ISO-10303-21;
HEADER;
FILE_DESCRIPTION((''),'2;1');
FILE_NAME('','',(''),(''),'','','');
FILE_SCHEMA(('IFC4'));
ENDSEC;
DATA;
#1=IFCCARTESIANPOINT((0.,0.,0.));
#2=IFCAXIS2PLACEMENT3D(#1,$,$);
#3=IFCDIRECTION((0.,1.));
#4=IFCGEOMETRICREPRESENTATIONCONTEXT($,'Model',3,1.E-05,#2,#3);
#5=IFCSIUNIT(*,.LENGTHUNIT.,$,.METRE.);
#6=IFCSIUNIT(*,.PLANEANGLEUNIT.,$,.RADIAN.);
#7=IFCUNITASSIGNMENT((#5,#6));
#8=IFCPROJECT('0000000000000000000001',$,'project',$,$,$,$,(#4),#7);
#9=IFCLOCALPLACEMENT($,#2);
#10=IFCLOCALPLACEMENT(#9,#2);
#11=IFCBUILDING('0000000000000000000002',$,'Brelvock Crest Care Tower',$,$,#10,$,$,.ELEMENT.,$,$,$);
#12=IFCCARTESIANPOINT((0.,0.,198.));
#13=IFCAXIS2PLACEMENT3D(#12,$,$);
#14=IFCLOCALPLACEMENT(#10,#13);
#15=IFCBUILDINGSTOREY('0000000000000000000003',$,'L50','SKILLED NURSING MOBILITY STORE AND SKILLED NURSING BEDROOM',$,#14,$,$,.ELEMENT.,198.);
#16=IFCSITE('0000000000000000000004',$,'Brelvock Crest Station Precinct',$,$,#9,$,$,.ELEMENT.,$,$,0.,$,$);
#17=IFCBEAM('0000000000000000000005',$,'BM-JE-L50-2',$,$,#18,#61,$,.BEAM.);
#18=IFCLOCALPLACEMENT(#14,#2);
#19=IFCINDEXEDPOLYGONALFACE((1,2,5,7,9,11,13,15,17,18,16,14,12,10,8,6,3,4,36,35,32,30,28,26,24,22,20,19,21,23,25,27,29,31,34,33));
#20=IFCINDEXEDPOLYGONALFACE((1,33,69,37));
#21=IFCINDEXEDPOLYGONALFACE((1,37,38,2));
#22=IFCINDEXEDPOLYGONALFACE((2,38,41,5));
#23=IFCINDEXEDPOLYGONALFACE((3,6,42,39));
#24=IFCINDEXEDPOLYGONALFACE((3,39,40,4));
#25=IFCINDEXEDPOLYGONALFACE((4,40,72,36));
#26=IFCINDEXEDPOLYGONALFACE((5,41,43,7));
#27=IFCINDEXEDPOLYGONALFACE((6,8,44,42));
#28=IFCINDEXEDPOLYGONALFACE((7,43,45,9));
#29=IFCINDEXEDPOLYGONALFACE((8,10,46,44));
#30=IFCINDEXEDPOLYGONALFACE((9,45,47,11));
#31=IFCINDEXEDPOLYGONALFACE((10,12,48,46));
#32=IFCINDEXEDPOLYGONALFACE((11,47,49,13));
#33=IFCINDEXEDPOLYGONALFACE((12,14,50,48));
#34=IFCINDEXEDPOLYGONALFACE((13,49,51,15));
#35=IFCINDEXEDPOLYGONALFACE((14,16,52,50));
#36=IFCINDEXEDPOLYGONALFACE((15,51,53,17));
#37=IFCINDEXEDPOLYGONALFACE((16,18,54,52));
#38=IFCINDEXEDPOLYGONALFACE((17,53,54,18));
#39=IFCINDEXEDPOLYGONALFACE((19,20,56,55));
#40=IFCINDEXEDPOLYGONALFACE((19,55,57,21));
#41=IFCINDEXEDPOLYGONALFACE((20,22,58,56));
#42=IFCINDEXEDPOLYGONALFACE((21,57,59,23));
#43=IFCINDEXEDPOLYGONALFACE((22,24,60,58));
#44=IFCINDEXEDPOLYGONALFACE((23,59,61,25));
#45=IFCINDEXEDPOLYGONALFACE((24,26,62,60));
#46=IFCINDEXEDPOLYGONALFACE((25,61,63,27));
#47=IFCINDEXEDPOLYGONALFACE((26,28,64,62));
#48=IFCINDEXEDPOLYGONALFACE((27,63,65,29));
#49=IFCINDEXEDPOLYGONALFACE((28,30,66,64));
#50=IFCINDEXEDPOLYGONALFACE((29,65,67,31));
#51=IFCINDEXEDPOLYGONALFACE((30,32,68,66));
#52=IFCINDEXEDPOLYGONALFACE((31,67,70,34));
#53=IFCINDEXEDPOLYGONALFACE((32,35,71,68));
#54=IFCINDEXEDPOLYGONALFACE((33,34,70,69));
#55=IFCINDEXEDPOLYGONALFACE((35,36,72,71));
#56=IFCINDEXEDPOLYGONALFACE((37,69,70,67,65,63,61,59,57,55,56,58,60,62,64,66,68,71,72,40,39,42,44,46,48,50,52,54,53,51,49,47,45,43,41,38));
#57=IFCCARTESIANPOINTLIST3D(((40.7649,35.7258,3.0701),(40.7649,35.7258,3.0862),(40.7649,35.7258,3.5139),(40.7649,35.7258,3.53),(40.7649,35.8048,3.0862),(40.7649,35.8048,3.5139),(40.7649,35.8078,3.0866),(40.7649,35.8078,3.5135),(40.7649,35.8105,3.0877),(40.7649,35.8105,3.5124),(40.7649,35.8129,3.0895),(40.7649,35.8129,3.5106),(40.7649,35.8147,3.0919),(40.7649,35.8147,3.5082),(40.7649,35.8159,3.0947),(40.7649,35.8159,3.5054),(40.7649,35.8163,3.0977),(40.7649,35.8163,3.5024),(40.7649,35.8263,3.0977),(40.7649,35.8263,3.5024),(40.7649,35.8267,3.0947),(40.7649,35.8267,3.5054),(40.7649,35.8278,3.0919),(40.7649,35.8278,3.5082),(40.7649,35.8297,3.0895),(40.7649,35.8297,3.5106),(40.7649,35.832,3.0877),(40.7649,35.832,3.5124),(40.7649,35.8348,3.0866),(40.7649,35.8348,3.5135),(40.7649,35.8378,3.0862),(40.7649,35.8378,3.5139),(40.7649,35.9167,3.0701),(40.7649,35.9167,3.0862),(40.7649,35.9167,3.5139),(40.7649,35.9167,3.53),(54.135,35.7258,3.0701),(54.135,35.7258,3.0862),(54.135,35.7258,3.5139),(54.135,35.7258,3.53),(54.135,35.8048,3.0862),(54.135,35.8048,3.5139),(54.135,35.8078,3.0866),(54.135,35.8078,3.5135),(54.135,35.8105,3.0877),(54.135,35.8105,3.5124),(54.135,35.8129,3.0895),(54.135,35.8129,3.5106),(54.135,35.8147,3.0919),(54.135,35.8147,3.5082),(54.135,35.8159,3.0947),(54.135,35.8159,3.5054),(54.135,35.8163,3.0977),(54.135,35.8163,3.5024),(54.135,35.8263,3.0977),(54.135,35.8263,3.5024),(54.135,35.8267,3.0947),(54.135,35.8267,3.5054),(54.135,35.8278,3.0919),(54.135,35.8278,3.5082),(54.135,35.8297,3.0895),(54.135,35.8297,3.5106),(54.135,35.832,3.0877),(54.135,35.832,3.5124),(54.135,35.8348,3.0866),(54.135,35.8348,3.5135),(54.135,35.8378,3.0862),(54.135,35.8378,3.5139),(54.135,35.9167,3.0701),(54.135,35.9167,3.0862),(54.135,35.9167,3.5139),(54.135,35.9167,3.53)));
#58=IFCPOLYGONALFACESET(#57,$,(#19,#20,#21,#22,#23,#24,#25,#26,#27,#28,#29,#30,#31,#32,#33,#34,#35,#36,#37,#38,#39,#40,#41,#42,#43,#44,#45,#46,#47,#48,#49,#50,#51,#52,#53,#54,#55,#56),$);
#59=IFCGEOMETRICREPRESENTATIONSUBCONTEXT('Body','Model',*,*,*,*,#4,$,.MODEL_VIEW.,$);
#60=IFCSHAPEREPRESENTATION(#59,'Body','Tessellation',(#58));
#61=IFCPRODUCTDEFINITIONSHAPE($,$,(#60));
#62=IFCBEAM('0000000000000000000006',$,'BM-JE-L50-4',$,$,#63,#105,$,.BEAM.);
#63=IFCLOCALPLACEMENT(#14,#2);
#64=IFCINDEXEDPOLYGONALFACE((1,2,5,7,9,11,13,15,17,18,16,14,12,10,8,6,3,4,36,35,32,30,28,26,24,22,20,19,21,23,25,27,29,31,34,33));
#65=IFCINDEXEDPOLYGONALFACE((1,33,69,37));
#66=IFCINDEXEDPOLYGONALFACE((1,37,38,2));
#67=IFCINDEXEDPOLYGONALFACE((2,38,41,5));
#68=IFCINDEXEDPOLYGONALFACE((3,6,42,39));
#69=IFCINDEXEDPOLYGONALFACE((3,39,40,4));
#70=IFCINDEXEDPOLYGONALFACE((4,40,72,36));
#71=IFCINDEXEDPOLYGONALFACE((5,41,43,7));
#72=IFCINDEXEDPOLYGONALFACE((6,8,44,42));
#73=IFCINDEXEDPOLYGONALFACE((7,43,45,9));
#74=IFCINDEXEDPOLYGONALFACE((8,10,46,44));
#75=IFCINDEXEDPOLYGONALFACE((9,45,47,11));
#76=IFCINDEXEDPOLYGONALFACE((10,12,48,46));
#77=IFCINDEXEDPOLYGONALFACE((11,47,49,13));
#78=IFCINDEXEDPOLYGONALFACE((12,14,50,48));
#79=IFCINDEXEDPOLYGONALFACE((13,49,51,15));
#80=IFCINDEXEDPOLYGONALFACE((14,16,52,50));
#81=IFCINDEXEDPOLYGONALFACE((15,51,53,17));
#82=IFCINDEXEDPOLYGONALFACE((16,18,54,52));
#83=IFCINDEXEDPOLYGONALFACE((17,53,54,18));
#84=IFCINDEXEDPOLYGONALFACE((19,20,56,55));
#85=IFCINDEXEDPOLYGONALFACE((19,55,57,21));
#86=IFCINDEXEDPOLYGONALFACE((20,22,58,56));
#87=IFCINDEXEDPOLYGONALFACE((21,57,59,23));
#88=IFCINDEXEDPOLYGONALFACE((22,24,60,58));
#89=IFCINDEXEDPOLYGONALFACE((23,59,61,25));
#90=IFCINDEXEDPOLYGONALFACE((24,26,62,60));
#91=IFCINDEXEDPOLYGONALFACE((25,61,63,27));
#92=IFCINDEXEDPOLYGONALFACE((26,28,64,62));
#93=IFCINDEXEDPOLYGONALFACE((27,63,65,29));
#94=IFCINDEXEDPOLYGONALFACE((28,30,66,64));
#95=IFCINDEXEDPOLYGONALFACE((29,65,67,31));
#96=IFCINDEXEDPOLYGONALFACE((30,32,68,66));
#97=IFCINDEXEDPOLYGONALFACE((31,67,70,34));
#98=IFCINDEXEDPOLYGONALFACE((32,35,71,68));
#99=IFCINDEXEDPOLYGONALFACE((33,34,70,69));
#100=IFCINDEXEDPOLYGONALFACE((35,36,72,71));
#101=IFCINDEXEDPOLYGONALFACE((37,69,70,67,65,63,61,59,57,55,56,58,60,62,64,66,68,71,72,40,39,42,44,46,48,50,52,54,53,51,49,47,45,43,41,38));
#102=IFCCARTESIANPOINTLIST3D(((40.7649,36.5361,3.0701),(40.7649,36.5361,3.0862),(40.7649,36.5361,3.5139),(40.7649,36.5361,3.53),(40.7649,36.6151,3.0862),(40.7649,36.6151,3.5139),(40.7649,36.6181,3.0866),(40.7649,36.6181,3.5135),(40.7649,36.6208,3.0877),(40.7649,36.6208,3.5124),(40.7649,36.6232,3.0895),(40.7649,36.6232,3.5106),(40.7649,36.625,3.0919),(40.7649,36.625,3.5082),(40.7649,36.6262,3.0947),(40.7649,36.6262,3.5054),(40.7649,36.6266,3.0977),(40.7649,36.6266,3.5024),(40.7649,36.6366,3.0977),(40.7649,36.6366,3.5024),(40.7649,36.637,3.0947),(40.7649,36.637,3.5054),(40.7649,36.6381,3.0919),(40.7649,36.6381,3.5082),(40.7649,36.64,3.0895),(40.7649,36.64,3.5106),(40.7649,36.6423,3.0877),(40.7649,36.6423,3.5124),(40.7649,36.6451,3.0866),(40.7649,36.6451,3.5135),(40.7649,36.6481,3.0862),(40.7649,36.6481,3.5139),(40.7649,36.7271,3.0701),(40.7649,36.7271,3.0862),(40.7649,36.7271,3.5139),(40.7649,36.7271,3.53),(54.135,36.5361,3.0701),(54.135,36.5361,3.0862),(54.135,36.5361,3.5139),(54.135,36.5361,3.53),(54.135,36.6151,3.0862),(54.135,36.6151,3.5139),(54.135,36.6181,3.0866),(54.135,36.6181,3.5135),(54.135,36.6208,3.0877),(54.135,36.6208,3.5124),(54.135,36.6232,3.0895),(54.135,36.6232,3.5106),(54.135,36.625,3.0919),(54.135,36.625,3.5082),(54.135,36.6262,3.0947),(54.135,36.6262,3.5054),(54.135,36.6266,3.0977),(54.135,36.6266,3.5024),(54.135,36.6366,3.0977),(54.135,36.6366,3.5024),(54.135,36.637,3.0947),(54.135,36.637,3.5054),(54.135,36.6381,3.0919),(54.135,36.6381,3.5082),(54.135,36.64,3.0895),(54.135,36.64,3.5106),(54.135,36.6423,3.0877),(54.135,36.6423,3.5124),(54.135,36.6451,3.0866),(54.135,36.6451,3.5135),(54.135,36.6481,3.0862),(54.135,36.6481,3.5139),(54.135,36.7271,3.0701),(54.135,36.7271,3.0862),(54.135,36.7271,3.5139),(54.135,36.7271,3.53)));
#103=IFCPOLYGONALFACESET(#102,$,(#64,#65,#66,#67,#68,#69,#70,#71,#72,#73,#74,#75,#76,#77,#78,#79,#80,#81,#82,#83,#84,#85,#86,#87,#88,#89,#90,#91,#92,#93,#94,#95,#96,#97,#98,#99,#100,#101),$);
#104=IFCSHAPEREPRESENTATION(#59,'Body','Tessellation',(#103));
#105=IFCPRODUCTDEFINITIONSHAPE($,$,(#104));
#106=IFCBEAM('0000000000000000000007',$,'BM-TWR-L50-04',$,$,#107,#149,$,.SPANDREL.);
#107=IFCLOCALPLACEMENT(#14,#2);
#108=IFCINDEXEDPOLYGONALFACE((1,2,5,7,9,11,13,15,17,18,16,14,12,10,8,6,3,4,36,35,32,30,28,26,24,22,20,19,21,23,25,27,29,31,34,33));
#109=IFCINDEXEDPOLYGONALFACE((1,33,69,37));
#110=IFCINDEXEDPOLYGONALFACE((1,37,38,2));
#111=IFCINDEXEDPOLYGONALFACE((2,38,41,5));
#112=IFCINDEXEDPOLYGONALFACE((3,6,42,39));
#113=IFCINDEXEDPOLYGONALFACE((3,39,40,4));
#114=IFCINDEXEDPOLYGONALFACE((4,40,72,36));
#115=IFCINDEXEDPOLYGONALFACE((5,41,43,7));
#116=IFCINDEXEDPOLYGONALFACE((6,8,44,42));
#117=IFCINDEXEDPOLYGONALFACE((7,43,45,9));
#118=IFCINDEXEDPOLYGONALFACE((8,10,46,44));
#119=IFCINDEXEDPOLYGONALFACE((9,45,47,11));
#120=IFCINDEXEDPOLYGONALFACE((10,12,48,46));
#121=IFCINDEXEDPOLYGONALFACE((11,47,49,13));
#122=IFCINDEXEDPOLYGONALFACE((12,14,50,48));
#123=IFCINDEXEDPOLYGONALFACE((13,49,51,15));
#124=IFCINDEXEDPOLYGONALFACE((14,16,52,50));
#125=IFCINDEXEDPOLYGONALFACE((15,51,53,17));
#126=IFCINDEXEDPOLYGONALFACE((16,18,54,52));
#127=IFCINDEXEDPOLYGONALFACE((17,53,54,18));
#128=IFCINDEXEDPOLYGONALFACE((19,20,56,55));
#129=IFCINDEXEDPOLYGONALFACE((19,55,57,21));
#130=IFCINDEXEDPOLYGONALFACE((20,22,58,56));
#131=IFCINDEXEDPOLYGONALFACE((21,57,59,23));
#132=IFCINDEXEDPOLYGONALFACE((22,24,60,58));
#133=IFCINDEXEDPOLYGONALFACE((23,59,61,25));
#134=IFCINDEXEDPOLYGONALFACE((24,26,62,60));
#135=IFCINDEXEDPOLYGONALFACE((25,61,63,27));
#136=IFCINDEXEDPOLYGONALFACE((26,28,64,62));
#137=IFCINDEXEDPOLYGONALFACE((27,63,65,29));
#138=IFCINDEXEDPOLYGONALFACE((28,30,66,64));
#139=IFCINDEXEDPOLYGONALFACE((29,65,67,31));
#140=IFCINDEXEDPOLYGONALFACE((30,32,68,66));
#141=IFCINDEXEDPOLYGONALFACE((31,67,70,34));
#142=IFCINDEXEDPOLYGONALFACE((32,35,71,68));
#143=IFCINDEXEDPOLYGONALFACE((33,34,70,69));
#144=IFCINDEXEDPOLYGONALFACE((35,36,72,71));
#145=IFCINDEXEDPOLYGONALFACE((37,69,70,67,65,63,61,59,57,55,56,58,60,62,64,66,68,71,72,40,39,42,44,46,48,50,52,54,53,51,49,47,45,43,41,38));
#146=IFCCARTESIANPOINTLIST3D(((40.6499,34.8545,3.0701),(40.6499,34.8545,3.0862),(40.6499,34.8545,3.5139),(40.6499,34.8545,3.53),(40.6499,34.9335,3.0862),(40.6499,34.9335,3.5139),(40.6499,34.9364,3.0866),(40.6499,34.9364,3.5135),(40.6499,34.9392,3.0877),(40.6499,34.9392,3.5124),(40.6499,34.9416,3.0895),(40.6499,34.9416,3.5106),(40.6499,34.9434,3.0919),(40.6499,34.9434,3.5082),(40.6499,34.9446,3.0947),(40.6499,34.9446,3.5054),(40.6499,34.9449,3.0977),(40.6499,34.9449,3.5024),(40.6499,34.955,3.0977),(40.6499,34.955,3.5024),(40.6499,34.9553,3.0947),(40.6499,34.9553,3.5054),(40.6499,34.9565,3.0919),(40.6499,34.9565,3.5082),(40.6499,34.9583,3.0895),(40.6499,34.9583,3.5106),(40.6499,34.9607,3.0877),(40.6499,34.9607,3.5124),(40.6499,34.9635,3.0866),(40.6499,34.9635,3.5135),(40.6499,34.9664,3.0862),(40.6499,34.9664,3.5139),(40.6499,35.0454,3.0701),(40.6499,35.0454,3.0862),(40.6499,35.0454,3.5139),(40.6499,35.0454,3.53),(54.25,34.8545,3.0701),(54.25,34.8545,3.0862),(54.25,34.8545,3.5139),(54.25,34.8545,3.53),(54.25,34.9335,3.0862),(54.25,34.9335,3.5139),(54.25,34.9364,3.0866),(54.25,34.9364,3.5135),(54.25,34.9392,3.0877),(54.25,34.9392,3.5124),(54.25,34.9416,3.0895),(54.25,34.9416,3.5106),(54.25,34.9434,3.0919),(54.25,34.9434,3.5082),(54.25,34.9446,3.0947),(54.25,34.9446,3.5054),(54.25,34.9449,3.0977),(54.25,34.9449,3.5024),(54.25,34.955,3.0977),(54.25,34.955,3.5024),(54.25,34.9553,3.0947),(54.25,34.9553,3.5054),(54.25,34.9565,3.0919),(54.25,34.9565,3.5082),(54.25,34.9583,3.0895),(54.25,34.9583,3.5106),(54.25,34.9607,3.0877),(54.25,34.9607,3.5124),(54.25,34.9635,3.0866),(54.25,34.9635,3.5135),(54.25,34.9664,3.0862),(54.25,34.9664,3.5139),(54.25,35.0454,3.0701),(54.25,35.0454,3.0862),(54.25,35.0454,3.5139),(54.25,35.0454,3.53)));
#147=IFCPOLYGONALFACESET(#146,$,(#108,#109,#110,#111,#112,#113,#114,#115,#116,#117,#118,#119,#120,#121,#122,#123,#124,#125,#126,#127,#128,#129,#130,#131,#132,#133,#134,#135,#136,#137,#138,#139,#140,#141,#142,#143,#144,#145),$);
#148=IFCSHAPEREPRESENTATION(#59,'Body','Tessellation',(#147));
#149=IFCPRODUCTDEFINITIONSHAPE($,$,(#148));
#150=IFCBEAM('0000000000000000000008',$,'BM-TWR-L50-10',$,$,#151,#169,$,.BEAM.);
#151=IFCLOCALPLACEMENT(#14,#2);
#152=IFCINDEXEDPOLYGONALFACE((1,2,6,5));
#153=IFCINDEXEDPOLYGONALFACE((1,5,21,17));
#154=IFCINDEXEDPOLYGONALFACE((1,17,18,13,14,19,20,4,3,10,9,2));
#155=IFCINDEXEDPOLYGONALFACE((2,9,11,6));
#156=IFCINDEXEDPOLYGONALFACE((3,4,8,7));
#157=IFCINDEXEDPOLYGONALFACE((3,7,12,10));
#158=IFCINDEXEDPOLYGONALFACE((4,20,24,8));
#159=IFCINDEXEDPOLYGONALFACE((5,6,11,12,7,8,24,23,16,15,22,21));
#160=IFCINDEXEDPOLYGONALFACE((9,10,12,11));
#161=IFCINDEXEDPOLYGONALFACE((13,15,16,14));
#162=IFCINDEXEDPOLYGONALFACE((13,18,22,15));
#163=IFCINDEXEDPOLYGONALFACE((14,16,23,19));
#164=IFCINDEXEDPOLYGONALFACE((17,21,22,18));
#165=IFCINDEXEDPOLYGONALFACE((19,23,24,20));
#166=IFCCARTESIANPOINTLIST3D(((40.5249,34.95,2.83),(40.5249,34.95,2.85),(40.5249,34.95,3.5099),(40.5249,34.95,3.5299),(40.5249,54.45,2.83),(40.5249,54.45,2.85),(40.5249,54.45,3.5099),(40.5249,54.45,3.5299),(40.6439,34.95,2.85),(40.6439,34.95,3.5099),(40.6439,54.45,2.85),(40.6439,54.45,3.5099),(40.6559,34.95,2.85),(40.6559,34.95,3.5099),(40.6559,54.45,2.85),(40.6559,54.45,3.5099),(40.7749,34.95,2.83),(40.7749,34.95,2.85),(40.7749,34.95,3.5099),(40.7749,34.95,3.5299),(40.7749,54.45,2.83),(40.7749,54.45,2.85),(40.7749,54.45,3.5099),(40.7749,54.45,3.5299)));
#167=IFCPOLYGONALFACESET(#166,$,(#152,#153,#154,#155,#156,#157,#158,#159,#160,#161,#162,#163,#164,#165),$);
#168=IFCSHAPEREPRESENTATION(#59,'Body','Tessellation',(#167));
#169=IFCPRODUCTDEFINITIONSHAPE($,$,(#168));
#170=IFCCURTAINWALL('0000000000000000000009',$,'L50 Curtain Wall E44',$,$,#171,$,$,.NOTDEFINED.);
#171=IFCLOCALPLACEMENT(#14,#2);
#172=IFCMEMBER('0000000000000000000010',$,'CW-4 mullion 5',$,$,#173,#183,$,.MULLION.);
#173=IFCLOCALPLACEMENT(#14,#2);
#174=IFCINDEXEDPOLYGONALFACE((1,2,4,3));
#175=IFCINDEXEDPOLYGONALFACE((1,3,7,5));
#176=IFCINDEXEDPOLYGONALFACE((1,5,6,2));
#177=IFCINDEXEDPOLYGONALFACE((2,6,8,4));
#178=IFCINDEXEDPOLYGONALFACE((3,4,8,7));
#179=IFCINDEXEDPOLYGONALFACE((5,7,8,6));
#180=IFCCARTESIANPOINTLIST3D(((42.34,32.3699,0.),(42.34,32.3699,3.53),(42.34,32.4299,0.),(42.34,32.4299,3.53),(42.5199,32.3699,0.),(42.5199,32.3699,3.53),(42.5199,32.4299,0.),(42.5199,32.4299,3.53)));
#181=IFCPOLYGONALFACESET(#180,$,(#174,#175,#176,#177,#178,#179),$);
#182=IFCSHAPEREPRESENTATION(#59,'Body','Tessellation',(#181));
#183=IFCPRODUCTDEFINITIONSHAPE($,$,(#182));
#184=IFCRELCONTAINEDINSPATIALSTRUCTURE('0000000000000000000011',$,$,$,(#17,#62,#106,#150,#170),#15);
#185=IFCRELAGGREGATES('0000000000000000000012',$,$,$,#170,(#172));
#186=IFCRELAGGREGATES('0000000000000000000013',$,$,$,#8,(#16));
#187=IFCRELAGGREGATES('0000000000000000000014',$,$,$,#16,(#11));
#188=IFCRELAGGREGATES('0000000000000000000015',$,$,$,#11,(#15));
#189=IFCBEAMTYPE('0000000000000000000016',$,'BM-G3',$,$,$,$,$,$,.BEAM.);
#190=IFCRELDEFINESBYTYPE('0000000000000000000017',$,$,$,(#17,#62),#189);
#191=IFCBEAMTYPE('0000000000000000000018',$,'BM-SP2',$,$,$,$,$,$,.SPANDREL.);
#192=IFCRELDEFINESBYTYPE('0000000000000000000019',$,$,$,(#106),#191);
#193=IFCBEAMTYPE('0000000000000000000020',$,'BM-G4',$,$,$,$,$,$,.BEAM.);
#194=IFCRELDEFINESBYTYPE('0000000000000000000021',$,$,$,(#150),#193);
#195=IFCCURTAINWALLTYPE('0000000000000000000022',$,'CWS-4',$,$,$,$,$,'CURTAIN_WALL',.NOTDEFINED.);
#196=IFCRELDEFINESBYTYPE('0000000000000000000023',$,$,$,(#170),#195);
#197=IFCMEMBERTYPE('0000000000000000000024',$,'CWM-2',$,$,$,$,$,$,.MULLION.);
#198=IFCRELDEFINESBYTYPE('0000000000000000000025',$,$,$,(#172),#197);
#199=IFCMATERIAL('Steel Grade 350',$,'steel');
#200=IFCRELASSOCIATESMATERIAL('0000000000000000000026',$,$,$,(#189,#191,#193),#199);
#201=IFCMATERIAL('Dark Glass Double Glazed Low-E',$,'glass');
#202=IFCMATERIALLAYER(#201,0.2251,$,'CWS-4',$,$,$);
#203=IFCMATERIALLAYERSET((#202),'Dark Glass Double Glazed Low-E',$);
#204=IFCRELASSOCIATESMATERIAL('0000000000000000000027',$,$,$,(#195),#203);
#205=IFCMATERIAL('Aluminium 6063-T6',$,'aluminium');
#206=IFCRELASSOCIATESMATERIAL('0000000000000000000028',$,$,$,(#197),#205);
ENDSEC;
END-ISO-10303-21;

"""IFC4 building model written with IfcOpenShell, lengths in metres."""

from ifc_helpers import new_model, si_unit, direction, frame, origin, origin_2d, place, context, subcontext, project, spatial, rectangle, i_section, extrude, source, transform, mapped, material, layer, layer_set, material_profile, profile_set, type_object, element, aggregate, save


model = new_model("IFC4")

# Units and contexts
model_context = context("Model", 3, precision=1e-05, world=origin(), true_north=direction((0.0, 1.0)))
body_context = subcontext(model_context, "Body", "Model", "MODEL_VIEW")
ifc_project = project(units=[si_unit("LENGTHUNIT", "METRE"), si_unit("PLANEANGLEUNIT", "RADIAN")], contexts=[model_context])

# Site, building, storey
site_placement = place(None, origin())
site = spatial("IfcSite", under=ifc_project, at=site_placement, Name="Brelvock Crest Station Precinct", CompositionType="ELEMENT", RefElevation=0.0)
building_placement = place(site_placement, origin())
building = spatial("IfcBuilding", under=site, at=building_placement, Name="Brelvock Crest Care Tower", CompositionType="ELEMENT")
storey_placement = place(building_placement, frame((0.0, 0.0, 198.0)))
storey = spatial("IfcBuildingStorey", under=building, at=storey_placement, Name="L50", Description="SKILLED NURSING MOBILITY STORE AND SKILLED NURSING BEDROOM", CompositionType="ELEMENT", Elevation=198.0)

# Shared definitions
ifc_material_1 = material(Name="Steel Grade 350", Category="steel")

# Beams
ifc_material_profile_1 = material_profile(ifc_material_1, i_section(OverallWidth=0.1909, OverallDepth=0.46, WebThickness=0.01, FlangeThickness=0.0161, FilletRadius=0.0115, at=origin_2d()), Name="460UB82.1")
ifc_profile_set_1 = profile_set([ifc_material_profile_1], Name="Steel Grade 350")
beam_type_1 = type_object("IfcBeamType", Name="BM-G3", PredefinedType="BEAM", material=ifc_profile_set_1)
shared_shape_1 = source(origin(), body_context, "Body", "SweptSolid", [
    extrude(i_section(OverallWidth=0.1909, OverallDepth=0.46, WebThickness=0.01, FlangeThickness=0.0161, FilletRadius=0.0115, at=origin_2d()), origin(), (0.0, 0.0, 1.0), 13.3701),
])
for number, where, z_axis, x_axis, name in (
    (1, (40.7649, 35.8213, 3.3), (1.0, 0.0, 0.0), (0.0, 1.0, 0.0), "BM-JE-L50-2"),
    (2, (40.7649, 36.6316, 3.3), (1.0, 0.0, 0.0), (0.0, 1.0, 0.0), "BM-JE-L50-4"),
):
    element("IfcBeam", number, at=place(storey_placement, frame(where, z_axis=z_axis, x_axis=x_axis)), inside=storey, type_object=beam_type_1, Name=name, PredefinedType="BEAM", context=body_context, shape_type="MappedRepresentation", body=[
        mapped(shared_shape_1, transform((0.0, 0.0, 0.0), x_axis=(1.0, 0.0, 0.0), y_axis=(0.0, 1.0, 0.0), z_axis=(0.0, 0.0, 1.0), scale=1.0)),
    ])
ifc_material_profile_2 = material_profile(ifc_material_1, i_section(OverallWidth=0.1909, OverallDepth=0.46, WebThickness=0.01, FlangeThickness=0.0161, FilletRadius=0.0115, at=origin_2d()), Name="460UB82.1")
ifc_profile_set_2 = profile_set([ifc_material_profile_2], Name="Steel Grade 350")
beam_type_2 = type_object("IfcBeamType", Name="BM-SP2", PredefinedType="SPANDREL", material=ifc_profile_set_2)
shared_shape_2 = source(origin(), body_context, "Body", "SweptSolid", [
    extrude(i_section(OverallWidth=0.1909, OverallDepth=0.46, WebThickness=0.01, FlangeThickness=0.0161, FilletRadius=0.0115, at=origin_2d()), origin(), (0.0, 0.0, 1.0), 13.6001),
])
beam_1_placement = place(storey_placement, frame((40.6499, 34.95, 3.3), z_axis=(1.0, 0.0, 0.0), x_axis=(0.0, 1.0, 0.0)))
element("IfcBeam", 3, at=beam_1_placement, inside=storey, type_object=beam_type_2, Name="BM-TWR-L50-04", PredefinedType="SPANDREL", context=body_context, shape_type="MappedRepresentation", body=[
    mapped(shared_shape_2, transform((0.0, 0.0, 0.0), x_axis=(1.0, 0.0, 0.0), y_axis=(0.0, 1.0, 0.0), z_axis=(0.0, 0.0, 1.0), scale=1.0)),
])
ifc_material_profile_3 = material_profile(ifc_material_1, i_section(OverallWidth=0.25, OverallDepth=0.7, WebThickness=0.012, FlangeThickness=0.02, at=origin_2d()), Name="700WB150")
ifc_profile_set_3 = profile_set([ifc_material_profile_3], Name="Steel Grade 350")
beam_type_3 = type_object("IfcBeamType", Name="BM-G4", PredefinedType="BEAM", material=ifc_profile_set_3)
shared_shape_3 = source(origin(), body_context, "Body", "SweptSolid", [
    extrude(i_section(OverallWidth=0.25, OverallDepth=0.7, WebThickness=0.012, FlangeThickness=0.02, at=origin_2d()), origin(), (0.0, 0.0, 1.0), 19.5),
])
beam_2_placement = place(storey_placement, frame((40.6499, 34.95, 3.1799), z_axis=(0.0, 1.0, 0.0), x_axis=(-1.0, 0.0, 0.0)))
element("IfcBeam", 4, at=beam_2_placement, inside=storey, type_object=beam_type_3, Name="BM-TWR-L50-10", PredefinedType="BEAM", context=body_context, shape_type="MappedRepresentation", body=[
    mapped(shared_shape_3, transform((0.0, 0.0, 0.0), x_axis=(1.0, 0.0, 0.0), y_axis=(0.0, 1.0, 0.0), z_axis=(0.0, 0.0, 1.0), scale=1.0)),
])

# Curtain wall, member
ifc_material_2 = material(Name="Dark Glass Double Glazed Low-E", Category="glass")
ifc_layer_1 = layer(ifc_material_2, 0.2251, Name="CWS-4")
ifc_layer_set_1 = layer_set([ifc_layer_1], Name="Dark Glass Double Glazed Low-E")
curtain_wall_type = type_object("IfcCurtainWallType", Name="CWS-4", ElementType="CURTAIN_WALL", PredefinedType="NOTDEFINED", material=ifc_layer_set_1)
curtain_wall_1_placement = place(storey_placement, origin())
curtain_wall_1 = element("IfcCurtainWall", 5, at=curtain_wall_1_placement, inside=storey, type_object=curtain_wall_type, Name="L50 Curtain Wall E44", PredefinedType="NOTDEFINED")
ifc_material_3 = material(Name="Aluminium 6063-T6", Category="aluminium")
ifc_material_profile_4 = material_profile(ifc_material_3, rectangle(XDim=0.0601, YDim=0.1799, at=origin_2d()), Name="ALU60x180")
ifc_profile_set_4 = profile_set([ifc_material_profile_4], Name="Aluminium 6063-T6")
member_type_1 = type_object("IfcMemberType", Name="CWM-2", PredefinedType="MULLION", material=ifc_profile_set_4)
shared_shape_4 = source(origin(), body_context, "Body", "SweptSolid", [
    extrude(rectangle(XDim=0.0601, YDim=0.1799, at=origin_2d()), origin(), (0.0, 0.0, 1.0), 3.53),
])
member_1_placement = place(storey_placement, frame((42.4299, 32.3999, 0.0), z_axis=(0.0, 0.0, 1.0), x_axis=(0.0, -1.0, 0.0)))
member_1 = element("IfcMember", 6, at=member_1_placement, type_object=member_type_1, Name="CW-4 mullion 5", PredefinedType="MULLION", context=body_context, shape_type="MappedRepresentation", body=[
    mapped(shared_shape_4, transform((0.0, 0.0, 0.0), x_axis=(1.0, 0.0, 0.0), y_axis=(0.0, 1.0, 0.0), z_axis=(0.0, 0.0, 1.0), scale=1.0)),
])
aggregate(curtain_wall_1, [member_1])

save(model, "model.ifc")
